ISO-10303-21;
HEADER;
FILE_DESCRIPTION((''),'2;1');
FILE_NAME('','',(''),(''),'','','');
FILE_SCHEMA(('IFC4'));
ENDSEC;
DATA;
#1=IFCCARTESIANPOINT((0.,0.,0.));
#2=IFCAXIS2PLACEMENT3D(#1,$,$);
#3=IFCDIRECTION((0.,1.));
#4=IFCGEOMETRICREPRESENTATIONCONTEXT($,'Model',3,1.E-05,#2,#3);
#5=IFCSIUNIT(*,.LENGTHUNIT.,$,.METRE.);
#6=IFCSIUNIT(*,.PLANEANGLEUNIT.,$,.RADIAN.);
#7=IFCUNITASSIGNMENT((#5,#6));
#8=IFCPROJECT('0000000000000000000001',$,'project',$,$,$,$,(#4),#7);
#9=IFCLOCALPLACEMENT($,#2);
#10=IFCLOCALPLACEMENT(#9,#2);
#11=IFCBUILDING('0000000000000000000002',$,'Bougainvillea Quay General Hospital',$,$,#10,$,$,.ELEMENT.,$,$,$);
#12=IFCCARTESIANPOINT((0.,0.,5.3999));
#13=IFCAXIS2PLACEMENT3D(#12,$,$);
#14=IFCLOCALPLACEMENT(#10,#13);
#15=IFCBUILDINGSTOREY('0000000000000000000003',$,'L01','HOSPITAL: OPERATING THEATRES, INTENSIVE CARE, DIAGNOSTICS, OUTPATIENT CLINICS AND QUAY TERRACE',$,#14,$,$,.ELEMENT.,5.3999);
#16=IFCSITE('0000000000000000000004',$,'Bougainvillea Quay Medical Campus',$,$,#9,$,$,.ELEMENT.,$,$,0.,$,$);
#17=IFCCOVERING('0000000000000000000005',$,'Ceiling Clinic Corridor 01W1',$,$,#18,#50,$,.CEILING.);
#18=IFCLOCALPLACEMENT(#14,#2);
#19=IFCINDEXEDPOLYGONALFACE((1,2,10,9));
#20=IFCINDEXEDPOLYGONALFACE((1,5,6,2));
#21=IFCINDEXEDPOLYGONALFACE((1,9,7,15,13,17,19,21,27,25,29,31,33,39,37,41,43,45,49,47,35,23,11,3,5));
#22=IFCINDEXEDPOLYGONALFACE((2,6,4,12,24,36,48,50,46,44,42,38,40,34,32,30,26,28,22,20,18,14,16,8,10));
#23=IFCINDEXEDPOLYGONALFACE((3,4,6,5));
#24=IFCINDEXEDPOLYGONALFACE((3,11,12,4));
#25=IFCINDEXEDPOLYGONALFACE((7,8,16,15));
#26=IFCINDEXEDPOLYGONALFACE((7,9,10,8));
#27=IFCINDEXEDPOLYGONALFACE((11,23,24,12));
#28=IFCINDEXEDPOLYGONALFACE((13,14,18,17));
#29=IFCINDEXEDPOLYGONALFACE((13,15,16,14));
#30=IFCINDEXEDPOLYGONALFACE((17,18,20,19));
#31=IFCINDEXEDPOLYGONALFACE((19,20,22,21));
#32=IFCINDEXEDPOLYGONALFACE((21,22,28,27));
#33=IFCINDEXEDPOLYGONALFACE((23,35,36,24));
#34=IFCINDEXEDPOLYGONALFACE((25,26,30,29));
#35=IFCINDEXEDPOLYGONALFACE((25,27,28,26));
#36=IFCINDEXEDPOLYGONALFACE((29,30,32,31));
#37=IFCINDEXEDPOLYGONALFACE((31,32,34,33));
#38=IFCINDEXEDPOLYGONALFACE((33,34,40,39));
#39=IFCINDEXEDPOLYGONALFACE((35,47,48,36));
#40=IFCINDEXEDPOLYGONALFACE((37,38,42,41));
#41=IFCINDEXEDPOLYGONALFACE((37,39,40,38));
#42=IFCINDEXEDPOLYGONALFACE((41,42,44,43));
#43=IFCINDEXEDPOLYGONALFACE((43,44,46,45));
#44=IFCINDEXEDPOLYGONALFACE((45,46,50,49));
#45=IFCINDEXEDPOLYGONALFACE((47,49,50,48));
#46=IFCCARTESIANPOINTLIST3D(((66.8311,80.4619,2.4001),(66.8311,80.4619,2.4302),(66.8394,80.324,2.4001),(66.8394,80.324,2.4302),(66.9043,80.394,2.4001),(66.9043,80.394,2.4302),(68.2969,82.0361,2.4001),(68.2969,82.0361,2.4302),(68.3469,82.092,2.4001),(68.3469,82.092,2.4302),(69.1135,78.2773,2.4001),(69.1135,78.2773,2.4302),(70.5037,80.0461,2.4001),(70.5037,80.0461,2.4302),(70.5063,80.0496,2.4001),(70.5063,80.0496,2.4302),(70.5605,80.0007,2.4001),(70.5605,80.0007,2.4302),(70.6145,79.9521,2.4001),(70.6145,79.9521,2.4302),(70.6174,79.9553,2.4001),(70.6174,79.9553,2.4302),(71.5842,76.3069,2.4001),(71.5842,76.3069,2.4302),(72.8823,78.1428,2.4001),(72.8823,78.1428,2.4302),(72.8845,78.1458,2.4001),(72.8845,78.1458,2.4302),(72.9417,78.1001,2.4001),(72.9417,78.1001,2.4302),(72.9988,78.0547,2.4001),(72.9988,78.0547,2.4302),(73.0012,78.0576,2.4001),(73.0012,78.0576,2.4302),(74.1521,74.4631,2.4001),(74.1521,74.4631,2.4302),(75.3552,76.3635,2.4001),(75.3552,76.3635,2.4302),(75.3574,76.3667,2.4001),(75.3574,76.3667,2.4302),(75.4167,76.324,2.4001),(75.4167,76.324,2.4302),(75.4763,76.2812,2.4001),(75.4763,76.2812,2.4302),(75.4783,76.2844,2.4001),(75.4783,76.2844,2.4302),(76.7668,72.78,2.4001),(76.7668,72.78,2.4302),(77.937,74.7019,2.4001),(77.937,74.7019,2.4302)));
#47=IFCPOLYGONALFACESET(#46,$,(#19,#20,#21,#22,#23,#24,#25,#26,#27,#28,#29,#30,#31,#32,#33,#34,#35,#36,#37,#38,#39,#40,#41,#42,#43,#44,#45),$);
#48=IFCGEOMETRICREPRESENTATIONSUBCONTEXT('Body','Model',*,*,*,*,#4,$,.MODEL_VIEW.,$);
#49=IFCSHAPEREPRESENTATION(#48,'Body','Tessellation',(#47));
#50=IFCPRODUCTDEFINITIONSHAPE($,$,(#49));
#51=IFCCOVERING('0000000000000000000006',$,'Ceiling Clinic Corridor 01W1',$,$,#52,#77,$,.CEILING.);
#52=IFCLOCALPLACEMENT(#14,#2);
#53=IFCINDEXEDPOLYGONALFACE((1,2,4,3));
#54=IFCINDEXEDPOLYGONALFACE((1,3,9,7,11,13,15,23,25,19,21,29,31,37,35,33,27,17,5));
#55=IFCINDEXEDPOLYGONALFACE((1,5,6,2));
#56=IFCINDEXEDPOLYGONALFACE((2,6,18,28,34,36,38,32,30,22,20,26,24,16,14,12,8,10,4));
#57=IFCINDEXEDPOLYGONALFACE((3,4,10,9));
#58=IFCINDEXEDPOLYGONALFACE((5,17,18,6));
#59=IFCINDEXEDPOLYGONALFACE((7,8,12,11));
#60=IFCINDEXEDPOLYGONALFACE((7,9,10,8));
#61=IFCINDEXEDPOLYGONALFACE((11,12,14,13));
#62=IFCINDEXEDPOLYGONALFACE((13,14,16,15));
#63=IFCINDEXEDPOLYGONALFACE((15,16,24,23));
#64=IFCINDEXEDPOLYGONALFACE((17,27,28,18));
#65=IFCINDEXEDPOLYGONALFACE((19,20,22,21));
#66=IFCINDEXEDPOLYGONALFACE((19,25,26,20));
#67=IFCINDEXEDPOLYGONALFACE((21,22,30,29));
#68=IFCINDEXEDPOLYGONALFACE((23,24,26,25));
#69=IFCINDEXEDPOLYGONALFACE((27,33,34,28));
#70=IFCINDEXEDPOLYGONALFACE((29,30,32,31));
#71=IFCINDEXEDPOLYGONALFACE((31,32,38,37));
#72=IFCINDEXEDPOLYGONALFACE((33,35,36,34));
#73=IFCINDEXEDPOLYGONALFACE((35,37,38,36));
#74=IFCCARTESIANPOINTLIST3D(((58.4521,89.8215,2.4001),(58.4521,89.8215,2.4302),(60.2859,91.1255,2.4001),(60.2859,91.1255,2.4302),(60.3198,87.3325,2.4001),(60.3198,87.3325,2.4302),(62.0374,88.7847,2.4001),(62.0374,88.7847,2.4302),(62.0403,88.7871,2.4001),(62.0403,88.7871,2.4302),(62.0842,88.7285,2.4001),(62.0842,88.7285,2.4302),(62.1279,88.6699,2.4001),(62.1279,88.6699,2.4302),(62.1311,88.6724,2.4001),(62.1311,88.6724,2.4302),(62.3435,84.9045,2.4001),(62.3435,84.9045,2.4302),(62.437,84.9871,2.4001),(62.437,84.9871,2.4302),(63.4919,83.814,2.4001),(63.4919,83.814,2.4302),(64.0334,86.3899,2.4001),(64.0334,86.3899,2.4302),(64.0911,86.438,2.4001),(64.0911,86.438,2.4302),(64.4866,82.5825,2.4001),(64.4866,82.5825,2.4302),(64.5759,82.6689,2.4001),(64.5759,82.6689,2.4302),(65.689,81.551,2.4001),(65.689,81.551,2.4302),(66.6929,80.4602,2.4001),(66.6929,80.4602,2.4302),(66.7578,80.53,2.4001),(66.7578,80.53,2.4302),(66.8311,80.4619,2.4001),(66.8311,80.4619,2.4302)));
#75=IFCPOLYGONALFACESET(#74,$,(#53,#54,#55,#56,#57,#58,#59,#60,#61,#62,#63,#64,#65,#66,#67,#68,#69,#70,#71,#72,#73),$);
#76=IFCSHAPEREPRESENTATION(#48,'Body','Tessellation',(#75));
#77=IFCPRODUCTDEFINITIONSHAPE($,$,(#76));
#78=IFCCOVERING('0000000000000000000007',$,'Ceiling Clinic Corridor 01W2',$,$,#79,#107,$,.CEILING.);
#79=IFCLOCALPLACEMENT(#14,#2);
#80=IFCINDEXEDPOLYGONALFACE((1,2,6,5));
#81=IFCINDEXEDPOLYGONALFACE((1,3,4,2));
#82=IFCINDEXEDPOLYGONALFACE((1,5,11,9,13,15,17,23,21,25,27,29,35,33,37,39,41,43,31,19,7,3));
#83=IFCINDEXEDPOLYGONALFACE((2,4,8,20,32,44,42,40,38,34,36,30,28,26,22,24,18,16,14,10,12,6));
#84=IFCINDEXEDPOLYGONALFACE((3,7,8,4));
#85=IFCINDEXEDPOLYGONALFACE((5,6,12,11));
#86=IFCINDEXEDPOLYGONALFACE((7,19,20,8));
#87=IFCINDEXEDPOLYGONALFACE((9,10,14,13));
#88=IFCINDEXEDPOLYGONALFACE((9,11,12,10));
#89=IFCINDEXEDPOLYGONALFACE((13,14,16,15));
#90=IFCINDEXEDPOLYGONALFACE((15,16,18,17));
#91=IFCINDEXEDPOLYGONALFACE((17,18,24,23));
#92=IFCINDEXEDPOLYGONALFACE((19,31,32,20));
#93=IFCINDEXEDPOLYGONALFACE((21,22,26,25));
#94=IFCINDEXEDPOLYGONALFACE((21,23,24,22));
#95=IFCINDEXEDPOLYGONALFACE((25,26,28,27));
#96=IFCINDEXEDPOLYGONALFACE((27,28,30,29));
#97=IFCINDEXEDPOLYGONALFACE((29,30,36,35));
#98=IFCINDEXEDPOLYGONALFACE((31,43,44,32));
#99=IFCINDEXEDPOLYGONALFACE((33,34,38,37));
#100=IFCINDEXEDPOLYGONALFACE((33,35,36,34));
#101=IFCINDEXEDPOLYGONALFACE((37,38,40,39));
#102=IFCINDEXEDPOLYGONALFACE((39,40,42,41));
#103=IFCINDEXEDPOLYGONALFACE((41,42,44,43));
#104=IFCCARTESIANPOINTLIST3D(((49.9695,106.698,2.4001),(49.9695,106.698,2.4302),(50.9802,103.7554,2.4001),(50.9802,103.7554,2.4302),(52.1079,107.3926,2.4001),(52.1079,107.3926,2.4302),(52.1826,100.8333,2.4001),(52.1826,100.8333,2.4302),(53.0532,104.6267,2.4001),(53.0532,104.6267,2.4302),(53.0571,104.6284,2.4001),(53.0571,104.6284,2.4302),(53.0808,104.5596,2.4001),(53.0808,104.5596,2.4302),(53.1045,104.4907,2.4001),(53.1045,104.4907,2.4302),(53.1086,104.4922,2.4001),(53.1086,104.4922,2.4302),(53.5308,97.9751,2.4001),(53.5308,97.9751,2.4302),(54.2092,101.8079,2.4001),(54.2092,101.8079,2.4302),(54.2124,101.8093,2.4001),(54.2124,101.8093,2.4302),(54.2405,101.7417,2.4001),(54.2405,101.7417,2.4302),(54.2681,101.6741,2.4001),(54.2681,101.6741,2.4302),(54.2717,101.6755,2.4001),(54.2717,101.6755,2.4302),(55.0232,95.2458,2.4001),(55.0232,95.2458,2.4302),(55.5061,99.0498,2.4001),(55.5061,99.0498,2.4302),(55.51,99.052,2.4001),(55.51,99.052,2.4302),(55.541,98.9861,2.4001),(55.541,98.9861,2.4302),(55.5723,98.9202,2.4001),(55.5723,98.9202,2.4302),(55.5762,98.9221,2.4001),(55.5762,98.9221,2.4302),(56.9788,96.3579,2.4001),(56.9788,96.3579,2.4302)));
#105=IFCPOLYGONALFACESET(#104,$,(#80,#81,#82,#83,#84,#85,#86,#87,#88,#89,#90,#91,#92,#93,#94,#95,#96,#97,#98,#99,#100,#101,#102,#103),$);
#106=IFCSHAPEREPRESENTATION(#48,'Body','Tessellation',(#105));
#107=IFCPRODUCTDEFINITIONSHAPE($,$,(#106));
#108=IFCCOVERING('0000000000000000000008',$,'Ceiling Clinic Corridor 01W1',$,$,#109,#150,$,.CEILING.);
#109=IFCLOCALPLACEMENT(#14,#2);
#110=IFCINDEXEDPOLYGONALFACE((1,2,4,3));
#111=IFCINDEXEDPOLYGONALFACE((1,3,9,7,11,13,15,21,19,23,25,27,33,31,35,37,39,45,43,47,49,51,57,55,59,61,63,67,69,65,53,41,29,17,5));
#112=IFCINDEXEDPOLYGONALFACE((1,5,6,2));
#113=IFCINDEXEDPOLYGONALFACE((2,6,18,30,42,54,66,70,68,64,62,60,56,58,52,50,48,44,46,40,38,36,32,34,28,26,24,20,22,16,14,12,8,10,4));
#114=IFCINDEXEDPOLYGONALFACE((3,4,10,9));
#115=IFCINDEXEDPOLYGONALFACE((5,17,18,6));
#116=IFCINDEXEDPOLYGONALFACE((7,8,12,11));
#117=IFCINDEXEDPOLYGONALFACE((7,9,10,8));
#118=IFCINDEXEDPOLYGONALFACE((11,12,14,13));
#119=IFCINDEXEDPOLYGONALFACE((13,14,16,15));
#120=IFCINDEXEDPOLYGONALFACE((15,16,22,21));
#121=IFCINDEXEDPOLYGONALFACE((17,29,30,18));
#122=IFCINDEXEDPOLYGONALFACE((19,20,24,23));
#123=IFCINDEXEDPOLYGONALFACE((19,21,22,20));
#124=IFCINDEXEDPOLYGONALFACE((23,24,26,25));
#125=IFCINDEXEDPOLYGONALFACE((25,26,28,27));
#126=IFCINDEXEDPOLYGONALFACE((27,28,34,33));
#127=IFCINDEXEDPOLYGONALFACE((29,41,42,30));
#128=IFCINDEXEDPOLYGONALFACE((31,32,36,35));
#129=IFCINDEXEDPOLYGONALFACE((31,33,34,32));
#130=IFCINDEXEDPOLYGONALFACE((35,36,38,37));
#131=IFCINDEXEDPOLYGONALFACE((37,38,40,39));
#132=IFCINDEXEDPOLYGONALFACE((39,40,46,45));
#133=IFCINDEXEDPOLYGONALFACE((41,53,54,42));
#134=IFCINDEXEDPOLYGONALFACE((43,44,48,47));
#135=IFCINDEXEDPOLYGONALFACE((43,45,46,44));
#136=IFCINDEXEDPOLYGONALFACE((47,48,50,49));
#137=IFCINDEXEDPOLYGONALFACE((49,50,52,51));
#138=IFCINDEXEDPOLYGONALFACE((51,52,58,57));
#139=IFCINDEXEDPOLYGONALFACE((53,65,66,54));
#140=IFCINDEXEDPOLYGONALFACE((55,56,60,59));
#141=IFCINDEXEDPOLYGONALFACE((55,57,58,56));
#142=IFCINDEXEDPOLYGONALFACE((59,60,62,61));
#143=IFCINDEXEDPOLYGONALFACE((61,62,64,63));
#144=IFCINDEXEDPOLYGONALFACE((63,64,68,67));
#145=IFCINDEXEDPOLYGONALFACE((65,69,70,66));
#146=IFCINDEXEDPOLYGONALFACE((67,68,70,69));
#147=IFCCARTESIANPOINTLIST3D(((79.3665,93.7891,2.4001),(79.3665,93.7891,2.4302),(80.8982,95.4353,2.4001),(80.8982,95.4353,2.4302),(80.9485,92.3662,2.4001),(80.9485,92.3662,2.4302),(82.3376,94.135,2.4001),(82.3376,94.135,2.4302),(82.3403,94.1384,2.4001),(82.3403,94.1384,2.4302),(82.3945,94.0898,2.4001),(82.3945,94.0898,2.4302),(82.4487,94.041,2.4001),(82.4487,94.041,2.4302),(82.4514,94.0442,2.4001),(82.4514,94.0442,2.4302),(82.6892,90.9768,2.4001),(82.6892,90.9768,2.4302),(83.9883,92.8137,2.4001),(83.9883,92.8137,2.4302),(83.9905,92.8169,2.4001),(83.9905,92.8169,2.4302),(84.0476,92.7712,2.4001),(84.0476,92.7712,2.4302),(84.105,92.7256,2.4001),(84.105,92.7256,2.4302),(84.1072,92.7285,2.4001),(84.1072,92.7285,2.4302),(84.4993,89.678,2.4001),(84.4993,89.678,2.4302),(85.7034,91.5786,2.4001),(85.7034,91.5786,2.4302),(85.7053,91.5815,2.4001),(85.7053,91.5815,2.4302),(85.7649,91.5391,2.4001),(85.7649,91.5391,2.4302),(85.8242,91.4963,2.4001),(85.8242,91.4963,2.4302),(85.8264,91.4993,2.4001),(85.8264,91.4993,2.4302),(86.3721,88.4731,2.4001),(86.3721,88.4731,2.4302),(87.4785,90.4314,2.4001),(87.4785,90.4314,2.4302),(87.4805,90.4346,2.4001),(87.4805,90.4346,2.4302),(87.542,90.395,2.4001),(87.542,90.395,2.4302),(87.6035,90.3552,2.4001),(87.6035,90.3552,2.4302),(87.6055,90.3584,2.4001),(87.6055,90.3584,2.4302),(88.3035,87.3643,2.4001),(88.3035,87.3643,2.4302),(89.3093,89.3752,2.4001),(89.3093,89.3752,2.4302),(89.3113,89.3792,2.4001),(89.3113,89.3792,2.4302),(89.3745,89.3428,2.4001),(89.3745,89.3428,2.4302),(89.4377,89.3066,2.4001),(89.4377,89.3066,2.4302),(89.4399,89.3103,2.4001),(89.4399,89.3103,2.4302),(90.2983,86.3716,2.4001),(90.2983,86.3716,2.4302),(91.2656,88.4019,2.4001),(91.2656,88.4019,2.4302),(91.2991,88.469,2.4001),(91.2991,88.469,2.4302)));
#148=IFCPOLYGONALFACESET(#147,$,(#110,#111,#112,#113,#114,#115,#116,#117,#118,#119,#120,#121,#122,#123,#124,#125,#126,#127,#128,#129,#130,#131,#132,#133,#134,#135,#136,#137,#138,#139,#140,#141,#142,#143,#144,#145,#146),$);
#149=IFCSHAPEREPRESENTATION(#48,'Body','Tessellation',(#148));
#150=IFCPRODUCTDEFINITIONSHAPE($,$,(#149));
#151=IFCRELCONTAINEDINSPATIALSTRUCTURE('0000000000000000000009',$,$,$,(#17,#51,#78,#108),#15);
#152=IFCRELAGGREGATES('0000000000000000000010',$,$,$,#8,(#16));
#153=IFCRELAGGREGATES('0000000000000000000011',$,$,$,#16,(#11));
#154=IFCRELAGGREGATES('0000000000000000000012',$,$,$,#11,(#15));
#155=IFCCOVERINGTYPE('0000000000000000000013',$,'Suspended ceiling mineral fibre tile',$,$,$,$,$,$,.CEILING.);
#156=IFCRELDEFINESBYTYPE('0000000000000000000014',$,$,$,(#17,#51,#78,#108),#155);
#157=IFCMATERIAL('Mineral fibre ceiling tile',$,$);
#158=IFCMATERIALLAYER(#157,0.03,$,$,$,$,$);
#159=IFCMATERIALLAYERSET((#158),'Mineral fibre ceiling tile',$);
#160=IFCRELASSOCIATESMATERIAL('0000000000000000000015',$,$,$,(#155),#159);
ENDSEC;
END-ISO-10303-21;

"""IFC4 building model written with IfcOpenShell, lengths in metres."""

from ifc_helpers import new_model, si_unit, direction, frame, origin, place, context, subcontext, project, spatial, polyline, outline, extrude, material, layer, layer_set, type_object, element, save


model = new_model("IFC4")

# Units and contexts
model_context = context("Model", 3, precision=1e-05, world=origin(), true_north=direction((0.0, 1.0)))
body_context = subcontext(model_context, "Body", "Model", "MODEL_VIEW")
ifc_project = project(units=[si_unit("LENGTHUNIT", "METRE"), si_unit("PLANEANGLEUNIT", "RADIAN")], contexts=[model_context])

# Site, building, storey
site_placement = place(None, origin())
site = spatial("IfcSite", under=ifc_project, at=site_placement, Name="Bougainvillea Quay Medical Campus", CompositionType="ELEMENT", RefElevation=0.0)
building_placement = place(site_placement, origin())
building = spatial("IfcBuilding", under=site, at=building_placement, Name="Bougainvillea Quay General Hospital", CompositionType="ELEMENT")
storey_placement = place(building_placement, frame((0.0, 0.0, 5.3999)))
storey = spatial("IfcBuildingStorey", under=building, at=storey_placement, Name="L01", Description="HOSPITAL: OPERATING THEATRES, INTENSIVE CARE, DIAGNOSTICS, OUTPATIENT CLINICS AND QUAY TERRACE", CompositionType="ELEMENT", Elevation=5.3999)

# Coverings
ifc_material_1 = material(Name="Mineral fibre ceiling tile")
ifc_layer_1 = layer(ifc_material_1, 0.03)
ifc_layer_set_1 = layer_set([ifc_layer_1], Name="Mineral fibre ceiling tile")
covering_type_1 = type_object("IfcCoveringType", Name="Suspended ceiling mineral fibre tile", PredefinedType="CEILING", material=ifc_layer_set_1)
covering_1_placement = place(storey_placement, frame((0.0, 0.0, 2.4001)))
element("IfcCovering", 1, at=covering_1_placement, inside=storey, type_object=covering_type_1, Name="Ceiling Clinic Corridor 01W1", PredefinedType="CEILING", context=body_context, shape_type="SweptSolid", body=[
    extrude(outline(polyline([(66.8311, 80.4619), (66.9043, 80.394), (66.8394, 80.324), (69.1135, 78.2773), (71.5842, 76.3069), (74.1521, 74.4631), (76.7668, 72.78), (77.937, 74.7019), (75.4783, 76.2844), (75.4763, 76.2812), (75.4167, 76.324), (75.3552, 76.3635), (75.3574, 76.3667), (73.0012, 78.0576), (72.9988, 78.0547), (72.9417, 78.1001), (72.8823, 78.1428), (72.8845, 78.1458), (70.6174, 79.9553), (70.6145, 79.9521), (70.5605, 80.0007), (70.5037, 80.0461), (70.5063, 80.0496), (68.2969, 82.0361), (68.3469, 82.092), (66.8311, 80.4619)])), origin(), (0.0, 0.0, 1.0), 0.03),
])
covering_2_placement = place(storey_placement, frame((0.0, 0.0, 2.4001)))
element("IfcCovering", 2, at=covering_2_placement, inside=storey, type_object=covering_type_1, Name="Ceiling Clinic Corridor 01W1", PredefinedType="CEILING", context=body_context, shape_type="SweptSolid", body=[
    extrude(outline(polyline([(64.0911, 86.438), (64.0334, 86.3899), (62.1311, 88.6724), (62.1279, 88.6699), (62.0842, 88.7285), (62.0374, 88.7847), (62.0403, 88.7871), (60.2859, 91.1255), (58.4521, 89.8215), (60.3198, 87.3325), (62.3435, 84.9045), (64.4866, 82.5825), (66.6929, 80.4602), (66.7578, 80.53), (66.8311, 80.4619), (65.689, 81.551), (64.5759, 82.6689), (63.4919, 83.814), (62.437, 84.9871), (64.0911, 86.438)])), origin(), (0.0, 0.0, 1.0), 0.03),
])
covering_3_placement = place(storey_placement, frame((0.0, 0.0, 2.4001)))
element("IfcCovering", 3, at=covering_3_placement, inside=storey, type_object=covering_type_1, Name="Ceiling Clinic Corridor 01W2", PredefinedType="CEILING", context=body_context, shape_type="SweptSolid", body=[
    extrude(outline(polyline([(55.5723, 98.9202), (55.541, 98.9861), (55.5061, 99.0498), (55.51, 99.052), (54.2717, 101.6755), (54.2681, 101.6741), (54.2405, 101.7417), (54.2092, 101.8079), (54.2124, 101.8093), (53.1086, 104.4922), (53.1045, 104.4907), (53.0808, 104.5596), (53.0532, 104.6267), (53.0571, 104.6284), (52.1079, 107.3926), (49.9695, 106.698), (50.9802, 103.7554), (52.1826, 100.8333), (53.5308, 97.9751), (55.0232, 95.2458), (56.9788, 96.3579), (55.5762, 98.9221), (55.5723, 98.9202)])), origin(), (0.0, 0.0, 1.0), 0.03),
])
covering_4_placement = place(storey_placement, frame((0.0, 0.0, 2.4001)))
element("IfcCovering", 4, at=covering_4_placement, inside=storey, type_object=covering_type_1, Name="Ceiling Clinic Corridor 01W1", PredefinedType="CEILING", context=body_context, shape_type="SweptSolid", body=[
    extrude(outline(polyline([(91.2991, 88.469), (91.2656, 88.4019), (89.4399, 89.3103), (89.4377, 89.3066), (89.3745, 89.3428), (89.3093, 89.3752), (89.3113, 89.3792), (87.6055, 90.3584), (87.6035, 90.3552), (87.542, 90.395), (87.4785, 90.4314), (87.4805, 90.4346), (85.8264, 91.4993), (85.8242, 91.4963), (85.7649, 91.5391), (85.7034, 91.5786), (85.7053, 91.5815), (84.1072, 92.7285), (84.105, 92.7256), (84.0476, 92.7712), (83.9883, 92.8137), (83.9905, 92.8169), (82.4514, 94.0442), (82.4487, 94.041), (82.3945, 94.0898), (82.3376, 94.135), (82.3403, 94.1384), (80.8982, 95.4353), (79.3665, 93.7891), (80.9485, 92.3662), (82.6892, 90.9768), (84.4993, 89.678), (86.3721, 88.4731), (88.3035, 87.3643), (90.2983, 86.3716), (91.2991, 88.469)])), origin(), (0.0, 0.0, 1.0), 0.03),
])

save(model, "model.ifc")
